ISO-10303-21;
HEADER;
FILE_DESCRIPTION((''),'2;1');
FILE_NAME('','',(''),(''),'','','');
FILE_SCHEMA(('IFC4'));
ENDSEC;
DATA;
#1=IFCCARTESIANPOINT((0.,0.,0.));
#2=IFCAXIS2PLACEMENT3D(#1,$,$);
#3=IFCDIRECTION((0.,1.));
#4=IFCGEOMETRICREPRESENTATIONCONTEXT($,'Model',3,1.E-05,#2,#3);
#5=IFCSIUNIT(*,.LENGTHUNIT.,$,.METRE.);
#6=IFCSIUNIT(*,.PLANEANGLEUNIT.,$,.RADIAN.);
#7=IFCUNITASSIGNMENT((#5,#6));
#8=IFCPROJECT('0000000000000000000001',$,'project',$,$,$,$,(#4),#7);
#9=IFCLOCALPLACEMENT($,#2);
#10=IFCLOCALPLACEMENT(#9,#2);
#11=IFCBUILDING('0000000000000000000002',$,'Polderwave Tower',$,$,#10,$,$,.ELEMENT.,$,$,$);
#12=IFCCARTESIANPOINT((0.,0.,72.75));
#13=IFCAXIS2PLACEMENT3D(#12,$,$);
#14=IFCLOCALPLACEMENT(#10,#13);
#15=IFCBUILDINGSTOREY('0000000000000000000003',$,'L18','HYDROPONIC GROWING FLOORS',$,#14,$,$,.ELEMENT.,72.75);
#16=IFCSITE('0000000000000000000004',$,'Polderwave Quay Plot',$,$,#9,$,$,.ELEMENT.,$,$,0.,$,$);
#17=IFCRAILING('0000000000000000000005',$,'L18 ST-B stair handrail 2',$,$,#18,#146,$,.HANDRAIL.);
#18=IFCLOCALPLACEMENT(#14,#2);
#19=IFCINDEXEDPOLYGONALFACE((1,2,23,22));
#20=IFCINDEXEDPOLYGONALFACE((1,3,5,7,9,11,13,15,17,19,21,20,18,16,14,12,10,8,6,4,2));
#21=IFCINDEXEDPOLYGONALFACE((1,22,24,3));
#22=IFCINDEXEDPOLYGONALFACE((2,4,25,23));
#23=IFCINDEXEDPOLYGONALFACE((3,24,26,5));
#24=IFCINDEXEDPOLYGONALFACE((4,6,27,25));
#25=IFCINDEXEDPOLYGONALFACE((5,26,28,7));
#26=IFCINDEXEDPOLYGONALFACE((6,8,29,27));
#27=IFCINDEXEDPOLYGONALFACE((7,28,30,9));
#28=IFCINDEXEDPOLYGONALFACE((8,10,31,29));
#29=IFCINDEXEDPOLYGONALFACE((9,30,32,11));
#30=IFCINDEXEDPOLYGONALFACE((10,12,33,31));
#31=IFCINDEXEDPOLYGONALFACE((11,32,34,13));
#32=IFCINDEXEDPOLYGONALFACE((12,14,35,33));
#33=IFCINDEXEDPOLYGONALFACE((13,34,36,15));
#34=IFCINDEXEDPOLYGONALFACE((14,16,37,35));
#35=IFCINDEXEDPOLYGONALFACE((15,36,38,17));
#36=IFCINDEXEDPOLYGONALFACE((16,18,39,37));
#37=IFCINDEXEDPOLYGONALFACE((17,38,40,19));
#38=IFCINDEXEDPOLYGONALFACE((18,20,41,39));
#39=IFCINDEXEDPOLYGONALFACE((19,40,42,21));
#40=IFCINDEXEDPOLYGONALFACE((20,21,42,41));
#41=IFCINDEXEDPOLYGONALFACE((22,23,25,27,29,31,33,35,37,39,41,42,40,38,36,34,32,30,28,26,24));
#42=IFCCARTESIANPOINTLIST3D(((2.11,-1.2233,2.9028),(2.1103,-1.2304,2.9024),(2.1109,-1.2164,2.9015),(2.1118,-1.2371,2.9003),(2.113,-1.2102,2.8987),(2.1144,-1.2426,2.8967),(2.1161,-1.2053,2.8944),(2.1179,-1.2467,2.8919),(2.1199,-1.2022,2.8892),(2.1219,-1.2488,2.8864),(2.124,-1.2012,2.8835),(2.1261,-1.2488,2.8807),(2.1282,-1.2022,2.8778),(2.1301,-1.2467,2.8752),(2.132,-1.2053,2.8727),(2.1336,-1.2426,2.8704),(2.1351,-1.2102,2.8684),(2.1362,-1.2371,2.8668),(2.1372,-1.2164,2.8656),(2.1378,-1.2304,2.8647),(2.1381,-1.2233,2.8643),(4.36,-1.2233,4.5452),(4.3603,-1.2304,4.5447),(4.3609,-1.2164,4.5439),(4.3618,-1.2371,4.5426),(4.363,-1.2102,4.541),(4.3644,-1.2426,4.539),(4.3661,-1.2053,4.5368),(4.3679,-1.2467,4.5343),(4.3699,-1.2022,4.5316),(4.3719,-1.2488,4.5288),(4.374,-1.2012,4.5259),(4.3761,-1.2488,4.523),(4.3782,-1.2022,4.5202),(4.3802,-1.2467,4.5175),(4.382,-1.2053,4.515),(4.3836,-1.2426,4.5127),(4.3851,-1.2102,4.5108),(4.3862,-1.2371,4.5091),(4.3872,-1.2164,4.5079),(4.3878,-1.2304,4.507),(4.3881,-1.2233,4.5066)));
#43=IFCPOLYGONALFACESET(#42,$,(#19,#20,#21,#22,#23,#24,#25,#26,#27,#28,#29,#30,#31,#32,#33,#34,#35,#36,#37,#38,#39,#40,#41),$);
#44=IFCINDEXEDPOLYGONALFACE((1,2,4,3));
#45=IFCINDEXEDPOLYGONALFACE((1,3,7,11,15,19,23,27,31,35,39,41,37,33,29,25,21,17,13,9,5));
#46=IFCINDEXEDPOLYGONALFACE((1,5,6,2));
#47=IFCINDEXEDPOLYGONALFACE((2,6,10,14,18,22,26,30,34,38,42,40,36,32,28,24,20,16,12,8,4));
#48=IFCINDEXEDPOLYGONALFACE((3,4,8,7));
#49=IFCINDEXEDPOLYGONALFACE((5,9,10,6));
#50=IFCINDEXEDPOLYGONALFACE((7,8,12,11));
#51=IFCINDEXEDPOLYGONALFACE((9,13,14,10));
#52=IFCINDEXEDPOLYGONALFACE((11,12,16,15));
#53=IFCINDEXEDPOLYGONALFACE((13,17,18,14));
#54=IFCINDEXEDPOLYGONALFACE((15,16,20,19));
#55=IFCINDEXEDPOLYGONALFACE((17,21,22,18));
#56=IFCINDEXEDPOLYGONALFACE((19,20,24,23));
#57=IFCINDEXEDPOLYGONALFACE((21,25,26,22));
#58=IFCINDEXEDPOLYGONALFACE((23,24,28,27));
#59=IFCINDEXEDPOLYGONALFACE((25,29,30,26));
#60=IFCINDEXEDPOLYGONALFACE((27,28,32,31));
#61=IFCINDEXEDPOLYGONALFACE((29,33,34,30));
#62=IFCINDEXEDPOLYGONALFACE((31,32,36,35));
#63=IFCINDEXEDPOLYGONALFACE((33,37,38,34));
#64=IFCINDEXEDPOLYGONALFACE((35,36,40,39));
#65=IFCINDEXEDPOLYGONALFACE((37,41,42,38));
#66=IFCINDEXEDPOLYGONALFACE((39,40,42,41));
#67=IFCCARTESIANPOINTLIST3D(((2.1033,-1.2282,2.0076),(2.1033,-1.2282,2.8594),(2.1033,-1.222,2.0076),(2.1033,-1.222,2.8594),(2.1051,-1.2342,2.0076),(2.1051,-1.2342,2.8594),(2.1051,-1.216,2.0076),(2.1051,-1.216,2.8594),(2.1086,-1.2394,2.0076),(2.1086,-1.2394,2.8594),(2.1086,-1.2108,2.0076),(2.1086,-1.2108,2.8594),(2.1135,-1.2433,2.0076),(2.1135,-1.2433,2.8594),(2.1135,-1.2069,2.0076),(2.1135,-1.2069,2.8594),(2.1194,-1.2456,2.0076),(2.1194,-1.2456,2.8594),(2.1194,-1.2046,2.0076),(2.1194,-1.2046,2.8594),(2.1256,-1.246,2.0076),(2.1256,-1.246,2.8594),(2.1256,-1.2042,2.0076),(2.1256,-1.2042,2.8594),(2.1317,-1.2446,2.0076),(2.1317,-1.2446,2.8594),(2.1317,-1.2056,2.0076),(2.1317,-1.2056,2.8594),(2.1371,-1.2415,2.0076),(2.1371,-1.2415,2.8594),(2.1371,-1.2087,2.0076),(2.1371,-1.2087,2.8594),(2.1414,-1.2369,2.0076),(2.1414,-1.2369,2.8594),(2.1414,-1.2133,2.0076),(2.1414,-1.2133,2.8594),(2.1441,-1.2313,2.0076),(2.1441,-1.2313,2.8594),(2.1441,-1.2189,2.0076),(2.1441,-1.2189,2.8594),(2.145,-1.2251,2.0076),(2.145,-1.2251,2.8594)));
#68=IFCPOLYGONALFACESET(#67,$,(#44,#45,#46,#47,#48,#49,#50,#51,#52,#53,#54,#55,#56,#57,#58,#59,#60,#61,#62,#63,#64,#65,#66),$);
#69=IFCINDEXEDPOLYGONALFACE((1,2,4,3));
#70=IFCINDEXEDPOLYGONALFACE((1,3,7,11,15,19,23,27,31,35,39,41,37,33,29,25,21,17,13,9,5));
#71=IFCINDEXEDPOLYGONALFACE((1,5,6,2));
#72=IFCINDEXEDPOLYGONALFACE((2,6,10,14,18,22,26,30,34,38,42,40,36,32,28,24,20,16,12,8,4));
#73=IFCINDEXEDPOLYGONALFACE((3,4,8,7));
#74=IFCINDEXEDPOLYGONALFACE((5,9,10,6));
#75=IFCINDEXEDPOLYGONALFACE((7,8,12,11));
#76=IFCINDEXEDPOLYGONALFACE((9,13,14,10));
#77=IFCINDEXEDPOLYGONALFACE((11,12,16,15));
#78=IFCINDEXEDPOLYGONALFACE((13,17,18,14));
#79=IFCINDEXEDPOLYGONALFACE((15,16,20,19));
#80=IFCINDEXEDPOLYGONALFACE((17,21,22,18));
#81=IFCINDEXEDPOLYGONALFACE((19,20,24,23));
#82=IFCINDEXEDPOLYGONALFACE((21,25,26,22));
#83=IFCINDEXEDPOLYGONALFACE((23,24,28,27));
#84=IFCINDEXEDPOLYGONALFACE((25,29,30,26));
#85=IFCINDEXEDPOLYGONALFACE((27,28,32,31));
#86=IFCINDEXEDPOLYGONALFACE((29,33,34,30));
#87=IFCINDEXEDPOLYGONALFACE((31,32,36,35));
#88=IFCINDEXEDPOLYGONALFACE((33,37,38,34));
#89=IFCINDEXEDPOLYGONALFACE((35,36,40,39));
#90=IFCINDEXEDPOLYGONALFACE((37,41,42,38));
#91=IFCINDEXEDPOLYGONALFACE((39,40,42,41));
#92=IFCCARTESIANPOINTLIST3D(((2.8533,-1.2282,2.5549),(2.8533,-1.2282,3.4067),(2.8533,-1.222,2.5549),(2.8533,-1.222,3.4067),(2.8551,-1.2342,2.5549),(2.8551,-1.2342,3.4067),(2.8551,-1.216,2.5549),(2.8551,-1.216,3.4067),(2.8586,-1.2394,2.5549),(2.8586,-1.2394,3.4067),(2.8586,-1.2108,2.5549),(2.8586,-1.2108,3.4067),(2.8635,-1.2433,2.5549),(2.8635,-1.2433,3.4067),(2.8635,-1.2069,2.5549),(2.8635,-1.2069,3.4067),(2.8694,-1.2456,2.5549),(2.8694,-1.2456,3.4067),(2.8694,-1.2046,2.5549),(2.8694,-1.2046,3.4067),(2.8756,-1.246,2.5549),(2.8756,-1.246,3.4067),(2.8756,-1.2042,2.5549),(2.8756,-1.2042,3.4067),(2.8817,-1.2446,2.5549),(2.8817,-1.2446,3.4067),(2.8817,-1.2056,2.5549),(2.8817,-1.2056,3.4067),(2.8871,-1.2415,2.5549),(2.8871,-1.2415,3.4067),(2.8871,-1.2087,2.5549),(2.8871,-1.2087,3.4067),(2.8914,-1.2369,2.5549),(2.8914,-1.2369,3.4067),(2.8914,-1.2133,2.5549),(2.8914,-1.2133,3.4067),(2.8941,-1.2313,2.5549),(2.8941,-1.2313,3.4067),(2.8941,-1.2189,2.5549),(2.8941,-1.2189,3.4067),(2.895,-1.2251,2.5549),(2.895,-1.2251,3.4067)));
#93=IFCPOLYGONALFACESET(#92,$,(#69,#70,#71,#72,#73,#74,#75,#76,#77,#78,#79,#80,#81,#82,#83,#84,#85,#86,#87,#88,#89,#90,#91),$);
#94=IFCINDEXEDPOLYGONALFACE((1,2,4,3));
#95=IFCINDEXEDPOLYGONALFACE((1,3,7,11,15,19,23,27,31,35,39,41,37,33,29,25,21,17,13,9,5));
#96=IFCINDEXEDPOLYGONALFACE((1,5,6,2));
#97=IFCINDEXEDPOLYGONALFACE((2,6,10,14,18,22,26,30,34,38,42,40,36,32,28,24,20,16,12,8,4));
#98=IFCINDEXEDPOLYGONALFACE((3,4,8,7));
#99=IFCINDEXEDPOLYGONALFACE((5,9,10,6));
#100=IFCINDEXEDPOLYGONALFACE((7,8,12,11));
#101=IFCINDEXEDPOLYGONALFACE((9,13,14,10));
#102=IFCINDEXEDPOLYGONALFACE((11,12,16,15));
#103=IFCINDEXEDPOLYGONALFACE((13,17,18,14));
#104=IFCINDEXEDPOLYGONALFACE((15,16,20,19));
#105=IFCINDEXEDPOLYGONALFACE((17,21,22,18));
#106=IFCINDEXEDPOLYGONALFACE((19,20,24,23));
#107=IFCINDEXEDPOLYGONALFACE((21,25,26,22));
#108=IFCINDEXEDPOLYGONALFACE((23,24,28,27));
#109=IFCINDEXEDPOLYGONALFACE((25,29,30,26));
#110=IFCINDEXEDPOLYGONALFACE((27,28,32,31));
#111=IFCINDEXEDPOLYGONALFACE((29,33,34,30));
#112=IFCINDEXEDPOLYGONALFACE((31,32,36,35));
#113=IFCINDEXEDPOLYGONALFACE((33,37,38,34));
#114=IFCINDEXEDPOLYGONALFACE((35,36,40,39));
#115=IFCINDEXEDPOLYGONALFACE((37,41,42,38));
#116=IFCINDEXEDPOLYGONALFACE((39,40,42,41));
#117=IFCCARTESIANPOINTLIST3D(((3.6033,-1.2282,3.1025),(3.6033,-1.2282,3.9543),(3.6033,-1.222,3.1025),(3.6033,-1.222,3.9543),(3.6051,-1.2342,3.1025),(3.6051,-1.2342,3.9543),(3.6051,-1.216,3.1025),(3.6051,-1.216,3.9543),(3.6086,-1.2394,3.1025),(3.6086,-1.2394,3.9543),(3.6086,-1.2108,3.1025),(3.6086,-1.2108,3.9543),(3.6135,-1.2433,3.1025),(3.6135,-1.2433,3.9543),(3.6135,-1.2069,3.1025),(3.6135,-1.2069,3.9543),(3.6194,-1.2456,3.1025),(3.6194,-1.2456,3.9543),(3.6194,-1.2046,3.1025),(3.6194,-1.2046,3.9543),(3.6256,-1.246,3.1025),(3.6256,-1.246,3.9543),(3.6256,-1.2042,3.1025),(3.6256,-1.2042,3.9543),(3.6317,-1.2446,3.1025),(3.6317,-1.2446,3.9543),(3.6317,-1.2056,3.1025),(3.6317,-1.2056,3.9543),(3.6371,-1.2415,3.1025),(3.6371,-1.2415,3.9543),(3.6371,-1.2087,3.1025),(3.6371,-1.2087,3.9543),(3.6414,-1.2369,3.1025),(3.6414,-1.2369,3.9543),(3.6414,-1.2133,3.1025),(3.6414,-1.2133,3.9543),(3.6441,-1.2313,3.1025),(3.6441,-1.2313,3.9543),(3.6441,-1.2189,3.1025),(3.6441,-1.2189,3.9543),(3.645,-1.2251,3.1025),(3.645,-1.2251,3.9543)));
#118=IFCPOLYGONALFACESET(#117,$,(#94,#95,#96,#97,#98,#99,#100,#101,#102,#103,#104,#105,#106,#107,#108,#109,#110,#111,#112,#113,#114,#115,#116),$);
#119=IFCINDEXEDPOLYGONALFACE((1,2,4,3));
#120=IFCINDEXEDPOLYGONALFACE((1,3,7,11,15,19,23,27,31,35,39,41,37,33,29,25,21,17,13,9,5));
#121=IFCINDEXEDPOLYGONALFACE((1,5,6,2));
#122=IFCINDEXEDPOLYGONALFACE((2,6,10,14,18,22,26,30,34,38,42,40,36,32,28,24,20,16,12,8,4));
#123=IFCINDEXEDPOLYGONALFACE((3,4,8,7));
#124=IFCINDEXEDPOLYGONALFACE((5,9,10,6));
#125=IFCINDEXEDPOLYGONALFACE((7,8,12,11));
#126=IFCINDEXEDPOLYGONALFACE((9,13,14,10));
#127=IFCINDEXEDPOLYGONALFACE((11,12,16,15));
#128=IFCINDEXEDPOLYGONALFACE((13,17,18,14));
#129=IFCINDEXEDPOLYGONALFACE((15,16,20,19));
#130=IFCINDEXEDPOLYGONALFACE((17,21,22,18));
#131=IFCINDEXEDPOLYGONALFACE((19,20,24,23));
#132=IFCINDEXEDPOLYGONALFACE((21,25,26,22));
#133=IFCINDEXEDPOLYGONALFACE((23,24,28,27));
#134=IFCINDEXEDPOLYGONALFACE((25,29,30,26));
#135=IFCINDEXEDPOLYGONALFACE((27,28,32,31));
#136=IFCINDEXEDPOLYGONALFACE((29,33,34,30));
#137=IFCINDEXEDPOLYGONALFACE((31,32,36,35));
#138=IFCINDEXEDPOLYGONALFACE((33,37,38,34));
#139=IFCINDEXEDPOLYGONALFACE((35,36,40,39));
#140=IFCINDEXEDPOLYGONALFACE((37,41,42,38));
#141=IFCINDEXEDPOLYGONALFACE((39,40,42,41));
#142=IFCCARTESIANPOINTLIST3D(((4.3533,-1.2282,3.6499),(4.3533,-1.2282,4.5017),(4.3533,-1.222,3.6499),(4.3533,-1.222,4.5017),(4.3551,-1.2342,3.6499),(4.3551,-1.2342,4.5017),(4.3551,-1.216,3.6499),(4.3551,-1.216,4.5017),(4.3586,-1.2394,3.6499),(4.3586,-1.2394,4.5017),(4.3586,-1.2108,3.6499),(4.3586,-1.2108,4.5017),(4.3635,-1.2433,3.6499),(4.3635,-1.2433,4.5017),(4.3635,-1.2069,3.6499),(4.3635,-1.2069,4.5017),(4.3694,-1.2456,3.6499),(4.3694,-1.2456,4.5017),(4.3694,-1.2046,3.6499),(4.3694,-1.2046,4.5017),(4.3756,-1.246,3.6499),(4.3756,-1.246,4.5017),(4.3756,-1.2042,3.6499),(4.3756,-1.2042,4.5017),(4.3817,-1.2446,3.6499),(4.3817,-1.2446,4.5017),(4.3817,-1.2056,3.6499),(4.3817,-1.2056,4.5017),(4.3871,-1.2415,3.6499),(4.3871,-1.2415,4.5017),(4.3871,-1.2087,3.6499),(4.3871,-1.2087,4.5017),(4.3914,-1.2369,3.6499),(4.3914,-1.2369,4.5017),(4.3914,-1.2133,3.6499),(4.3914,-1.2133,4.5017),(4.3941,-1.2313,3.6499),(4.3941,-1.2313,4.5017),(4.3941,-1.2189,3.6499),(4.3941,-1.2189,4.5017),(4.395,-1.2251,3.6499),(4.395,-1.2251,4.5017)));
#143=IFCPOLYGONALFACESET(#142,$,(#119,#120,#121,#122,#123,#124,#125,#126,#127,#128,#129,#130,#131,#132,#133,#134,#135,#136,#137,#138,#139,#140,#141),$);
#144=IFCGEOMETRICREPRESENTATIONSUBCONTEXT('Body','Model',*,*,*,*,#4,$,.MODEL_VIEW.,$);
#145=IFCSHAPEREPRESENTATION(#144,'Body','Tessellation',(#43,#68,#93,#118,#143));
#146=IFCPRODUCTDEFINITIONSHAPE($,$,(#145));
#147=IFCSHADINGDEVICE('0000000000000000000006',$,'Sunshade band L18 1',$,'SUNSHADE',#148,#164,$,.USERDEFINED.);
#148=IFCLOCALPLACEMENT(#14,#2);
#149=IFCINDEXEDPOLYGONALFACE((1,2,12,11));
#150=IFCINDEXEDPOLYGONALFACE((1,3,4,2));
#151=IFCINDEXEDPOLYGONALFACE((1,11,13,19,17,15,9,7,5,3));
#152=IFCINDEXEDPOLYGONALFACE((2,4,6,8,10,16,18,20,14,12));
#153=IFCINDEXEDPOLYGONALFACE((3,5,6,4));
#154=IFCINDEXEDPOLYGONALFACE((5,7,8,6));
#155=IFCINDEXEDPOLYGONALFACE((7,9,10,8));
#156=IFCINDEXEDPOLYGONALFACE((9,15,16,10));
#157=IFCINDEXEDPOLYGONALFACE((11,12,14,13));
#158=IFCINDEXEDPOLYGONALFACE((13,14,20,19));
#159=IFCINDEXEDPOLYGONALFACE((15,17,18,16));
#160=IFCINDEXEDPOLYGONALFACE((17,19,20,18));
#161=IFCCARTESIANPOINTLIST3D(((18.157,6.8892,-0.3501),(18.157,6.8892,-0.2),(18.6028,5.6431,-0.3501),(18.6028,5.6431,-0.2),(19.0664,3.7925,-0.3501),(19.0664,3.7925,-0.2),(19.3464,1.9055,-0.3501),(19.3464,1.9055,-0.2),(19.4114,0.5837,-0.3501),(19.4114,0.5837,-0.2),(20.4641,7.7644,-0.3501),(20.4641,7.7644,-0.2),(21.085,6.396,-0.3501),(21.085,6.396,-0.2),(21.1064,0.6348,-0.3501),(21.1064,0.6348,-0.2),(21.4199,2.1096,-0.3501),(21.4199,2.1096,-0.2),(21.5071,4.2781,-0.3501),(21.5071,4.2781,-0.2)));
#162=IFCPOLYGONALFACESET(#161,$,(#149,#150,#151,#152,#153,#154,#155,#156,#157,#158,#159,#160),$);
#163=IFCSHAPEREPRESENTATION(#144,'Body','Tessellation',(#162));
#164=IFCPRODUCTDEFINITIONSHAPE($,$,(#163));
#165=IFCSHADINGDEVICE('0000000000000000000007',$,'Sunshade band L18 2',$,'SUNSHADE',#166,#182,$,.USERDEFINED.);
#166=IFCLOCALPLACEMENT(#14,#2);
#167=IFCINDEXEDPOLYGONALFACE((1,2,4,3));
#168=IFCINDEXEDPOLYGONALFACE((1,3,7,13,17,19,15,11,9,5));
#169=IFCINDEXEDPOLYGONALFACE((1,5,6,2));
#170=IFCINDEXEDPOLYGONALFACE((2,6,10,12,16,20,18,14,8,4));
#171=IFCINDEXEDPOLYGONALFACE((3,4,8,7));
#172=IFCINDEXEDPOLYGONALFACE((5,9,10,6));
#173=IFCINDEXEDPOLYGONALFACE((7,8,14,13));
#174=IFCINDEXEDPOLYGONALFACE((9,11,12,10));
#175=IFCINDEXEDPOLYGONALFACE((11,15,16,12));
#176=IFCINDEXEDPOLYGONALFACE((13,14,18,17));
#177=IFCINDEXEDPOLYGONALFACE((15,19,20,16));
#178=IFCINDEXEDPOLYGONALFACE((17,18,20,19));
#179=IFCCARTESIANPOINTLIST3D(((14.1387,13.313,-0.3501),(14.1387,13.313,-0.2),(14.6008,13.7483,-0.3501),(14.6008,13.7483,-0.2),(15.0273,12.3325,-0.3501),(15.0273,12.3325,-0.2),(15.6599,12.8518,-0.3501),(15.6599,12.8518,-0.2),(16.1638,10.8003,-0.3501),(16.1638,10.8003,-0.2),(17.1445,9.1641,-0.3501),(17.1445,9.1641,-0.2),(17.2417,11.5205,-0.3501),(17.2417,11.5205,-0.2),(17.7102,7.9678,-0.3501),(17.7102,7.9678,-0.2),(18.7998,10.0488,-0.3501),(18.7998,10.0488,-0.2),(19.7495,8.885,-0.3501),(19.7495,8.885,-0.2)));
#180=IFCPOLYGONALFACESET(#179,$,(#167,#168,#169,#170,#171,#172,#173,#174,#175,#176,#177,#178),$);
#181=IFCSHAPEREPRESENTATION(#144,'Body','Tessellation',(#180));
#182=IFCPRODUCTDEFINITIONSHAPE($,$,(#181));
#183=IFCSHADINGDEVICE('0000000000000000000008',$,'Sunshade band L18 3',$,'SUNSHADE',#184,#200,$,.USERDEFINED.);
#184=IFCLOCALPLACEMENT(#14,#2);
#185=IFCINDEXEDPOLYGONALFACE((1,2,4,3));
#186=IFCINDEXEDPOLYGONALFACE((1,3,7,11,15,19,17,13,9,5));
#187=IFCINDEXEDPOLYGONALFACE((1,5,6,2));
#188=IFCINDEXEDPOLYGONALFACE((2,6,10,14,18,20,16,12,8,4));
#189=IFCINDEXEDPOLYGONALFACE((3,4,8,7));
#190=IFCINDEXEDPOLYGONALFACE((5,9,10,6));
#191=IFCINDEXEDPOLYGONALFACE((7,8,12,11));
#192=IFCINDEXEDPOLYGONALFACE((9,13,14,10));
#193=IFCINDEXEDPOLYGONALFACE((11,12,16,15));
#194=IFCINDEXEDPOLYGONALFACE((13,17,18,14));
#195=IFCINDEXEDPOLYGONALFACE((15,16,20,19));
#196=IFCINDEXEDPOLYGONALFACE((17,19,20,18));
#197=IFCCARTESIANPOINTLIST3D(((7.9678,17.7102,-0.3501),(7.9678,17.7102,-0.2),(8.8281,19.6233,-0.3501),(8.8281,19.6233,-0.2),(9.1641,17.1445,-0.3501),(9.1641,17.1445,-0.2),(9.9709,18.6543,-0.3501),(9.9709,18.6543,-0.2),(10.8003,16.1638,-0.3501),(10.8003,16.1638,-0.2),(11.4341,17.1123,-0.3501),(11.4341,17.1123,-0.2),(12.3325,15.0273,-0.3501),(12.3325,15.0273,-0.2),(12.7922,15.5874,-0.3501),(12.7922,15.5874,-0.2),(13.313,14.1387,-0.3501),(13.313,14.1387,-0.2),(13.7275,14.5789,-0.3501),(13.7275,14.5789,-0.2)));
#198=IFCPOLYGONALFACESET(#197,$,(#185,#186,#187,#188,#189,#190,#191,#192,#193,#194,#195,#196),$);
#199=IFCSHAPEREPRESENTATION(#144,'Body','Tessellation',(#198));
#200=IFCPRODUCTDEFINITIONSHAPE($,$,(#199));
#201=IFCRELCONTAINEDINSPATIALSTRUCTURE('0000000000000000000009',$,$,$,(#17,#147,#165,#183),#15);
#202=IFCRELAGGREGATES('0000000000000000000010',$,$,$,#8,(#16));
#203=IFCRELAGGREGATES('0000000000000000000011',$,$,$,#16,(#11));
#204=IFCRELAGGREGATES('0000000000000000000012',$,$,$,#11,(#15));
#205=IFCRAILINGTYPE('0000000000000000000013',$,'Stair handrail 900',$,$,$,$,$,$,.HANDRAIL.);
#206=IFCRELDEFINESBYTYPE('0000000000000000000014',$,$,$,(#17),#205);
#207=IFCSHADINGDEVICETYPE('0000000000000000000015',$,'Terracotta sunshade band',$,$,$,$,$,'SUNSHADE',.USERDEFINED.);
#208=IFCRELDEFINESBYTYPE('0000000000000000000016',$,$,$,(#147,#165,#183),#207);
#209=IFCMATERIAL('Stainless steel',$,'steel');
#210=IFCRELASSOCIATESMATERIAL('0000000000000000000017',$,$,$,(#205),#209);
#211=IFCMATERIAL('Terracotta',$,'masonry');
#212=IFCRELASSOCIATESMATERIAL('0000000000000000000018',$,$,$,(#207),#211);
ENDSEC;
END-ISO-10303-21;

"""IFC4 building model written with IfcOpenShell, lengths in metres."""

from ifc_helpers import new_model, si_unit, direction, frame, origin, origin_2d, place, context, subcontext, project, spatial, polyline, circle, outline, extrude, material, type_object, element, save


model = new_model("IFC4")

# Units and contexts
model_context = context("Model", 3, precision=1e-05, world=origin(), true_north=direction((0.0, 1.0)))
body_context = subcontext(model_context, "Body", "Model", "MODEL_VIEW")
ifc_project = project(units=[si_unit("LENGTHUNIT", "METRE"), si_unit("PLANEANGLEUNIT", "RADIAN")], contexts=[model_context])

# Site, building, storey
site_placement = place(None, origin())
site = spatial("IfcSite", under=ifc_project, at=site_placement, Name="Polderwave Quay Plot", CompositionType="ELEMENT", RefElevation=0.0)
building_placement = place(site_placement, origin())
building = spatial("IfcBuilding", under=site, at=building_placement, Name="Polderwave Tower", CompositionType="ELEMENT")
storey_placement = place(building_placement, frame((0.0, 0.0, 72.75)))
storey = spatial("IfcBuildingStorey", under=building, at=storey_placement, Name="L18", Description="HYDROPONIC GROWING FLOORS", CompositionType="ELEMENT", Elevation=72.75)

# Railing
ifc_material_1 = material(Name="Stainless steel", Category="steel")
railing_type_1 = type_object("IfcRailingType", Name="Stair handrail 900", PredefinedType="HANDRAIL", material=ifc_material_1)
railing_1_placement = place(storey_placement, frame((2.124, -1.2251, 2.0076)))
element("IfcRailing", 1, at=railing_1_placement, inside=storey, type_object=railing_type_1, Name="L18 ST-B stair handrail 2", PredefinedType="HANDRAIL", context=body_context, shape_type="SweptSolid", body=[
    extrude(circle(Radius=0.0239, at=origin_2d()), frame((0.0, 0.0, 0.876), z_axis=(0.807715, 0.0, 0.589573), x_axis=(0.0, 1.0, 0.0)), (0.0, 0.0, 1.0), 2.7856),
    extrude(circle(Radius=0.021, at=origin_2d()), origin(), (0.0, 0.0, 1.0), 0.8518),
    extrude(circle(Radius=0.021, at=origin_2d()), frame((0.75, 0.0, 0.5474)), (0.0, 0.0, 1.0), 0.8518),
    extrude(circle(Radius=0.021, at=origin_2d()), frame((1.5, 0.0, 1.095)), (0.0, 0.0, 1.0), 0.8518),
    extrude(circle(Radius=0.021, at=origin_2d()), frame((2.25, 0.0, 1.6423)), (0.0, 0.0, 1.0), 0.8518),
])

# Shading devices
ifc_material_2 = material(Name="Terracotta", Category="masonry")
shading_device_type = type_object("IfcShadingDeviceType", Name="Terracotta sunshade band", ElementType="SUNSHADE", PredefinedType="USERDEFINED", material=ifc_material_2)
shading_device_1_placement = place(storey_placement, frame((0.0, 0.0, -0.3501)))
element("IfcShadingDevice", 2, at=shading_device_1_placement, inside=storey, type_object=shading_device_type, Name="Sunshade band L18 1", ObjectType="SUNSHADE", PredefinedType="USERDEFINED", context=body_context, shape_type="SweptSolid", body=[
    extrude(outline(polyline([(19.4114, 0.5837), (19.3464, 1.9055), (19.0664, 3.7925), (18.6028, 5.6431), (18.157, 6.8892), (20.4641, 7.7644), (21.085, 6.396), (21.5071, 4.2781), (21.4199, 2.1096), (21.1064, 0.6348), (19.4114, 0.5837)])), origin(), (0.0, 0.0, 1.0), 0.1501),
])
shading_device_2_placement = place(storey_placement, frame((0.0, 0.0, -0.3501)))
element("IfcShadingDevice", 3, at=shading_device_2_placement, inside=storey, type_object=shading_device_type, Name="Sunshade band L18 2", ObjectType="SUNSHADE", PredefinedType="USERDEFINED", context=body_context, shape_type="SweptSolid", body=[
    extrude(outline(polyline([(17.7102, 7.9678), (17.1445, 9.1641), (16.1638, 10.8003), (15.0273, 12.3325), (14.1387, 13.313), (14.6008, 13.7483), (15.6599, 12.8518), (17.2417, 11.5205), (18.7998, 10.0488), (19.7495, 8.885), (17.7102, 7.9678)])), origin(), (0.0, 0.0, 1.0), 0.1501),
])
shading_device_3_placement = place(storey_placement, frame((0.0, 0.0, -0.3501)))
element("IfcShadingDevice", 4, at=shading_device_3_placement, inside=storey, type_object=shading_device_type, Name="Sunshade band L18 3", ObjectType="SUNSHADE", PredefinedType="USERDEFINED", context=body_context, shape_type="SweptSolid", body=[
    extrude(outline(polyline([(13.313, 14.1387), (12.3325, 15.0273), (10.8003, 16.1638), (9.1641, 17.1445), (7.9678, 17.7102), (8.8281, 19.6233), (9.9709, 18.6543), (11.4341, 17.1123), (12.7922, 15.5874), (13.7275, 14.5789), (13.313, 14.1387)])), origin(), (0.0, 0.0, 1.0), 0.1501),
])

save(model, "model.ifc")
